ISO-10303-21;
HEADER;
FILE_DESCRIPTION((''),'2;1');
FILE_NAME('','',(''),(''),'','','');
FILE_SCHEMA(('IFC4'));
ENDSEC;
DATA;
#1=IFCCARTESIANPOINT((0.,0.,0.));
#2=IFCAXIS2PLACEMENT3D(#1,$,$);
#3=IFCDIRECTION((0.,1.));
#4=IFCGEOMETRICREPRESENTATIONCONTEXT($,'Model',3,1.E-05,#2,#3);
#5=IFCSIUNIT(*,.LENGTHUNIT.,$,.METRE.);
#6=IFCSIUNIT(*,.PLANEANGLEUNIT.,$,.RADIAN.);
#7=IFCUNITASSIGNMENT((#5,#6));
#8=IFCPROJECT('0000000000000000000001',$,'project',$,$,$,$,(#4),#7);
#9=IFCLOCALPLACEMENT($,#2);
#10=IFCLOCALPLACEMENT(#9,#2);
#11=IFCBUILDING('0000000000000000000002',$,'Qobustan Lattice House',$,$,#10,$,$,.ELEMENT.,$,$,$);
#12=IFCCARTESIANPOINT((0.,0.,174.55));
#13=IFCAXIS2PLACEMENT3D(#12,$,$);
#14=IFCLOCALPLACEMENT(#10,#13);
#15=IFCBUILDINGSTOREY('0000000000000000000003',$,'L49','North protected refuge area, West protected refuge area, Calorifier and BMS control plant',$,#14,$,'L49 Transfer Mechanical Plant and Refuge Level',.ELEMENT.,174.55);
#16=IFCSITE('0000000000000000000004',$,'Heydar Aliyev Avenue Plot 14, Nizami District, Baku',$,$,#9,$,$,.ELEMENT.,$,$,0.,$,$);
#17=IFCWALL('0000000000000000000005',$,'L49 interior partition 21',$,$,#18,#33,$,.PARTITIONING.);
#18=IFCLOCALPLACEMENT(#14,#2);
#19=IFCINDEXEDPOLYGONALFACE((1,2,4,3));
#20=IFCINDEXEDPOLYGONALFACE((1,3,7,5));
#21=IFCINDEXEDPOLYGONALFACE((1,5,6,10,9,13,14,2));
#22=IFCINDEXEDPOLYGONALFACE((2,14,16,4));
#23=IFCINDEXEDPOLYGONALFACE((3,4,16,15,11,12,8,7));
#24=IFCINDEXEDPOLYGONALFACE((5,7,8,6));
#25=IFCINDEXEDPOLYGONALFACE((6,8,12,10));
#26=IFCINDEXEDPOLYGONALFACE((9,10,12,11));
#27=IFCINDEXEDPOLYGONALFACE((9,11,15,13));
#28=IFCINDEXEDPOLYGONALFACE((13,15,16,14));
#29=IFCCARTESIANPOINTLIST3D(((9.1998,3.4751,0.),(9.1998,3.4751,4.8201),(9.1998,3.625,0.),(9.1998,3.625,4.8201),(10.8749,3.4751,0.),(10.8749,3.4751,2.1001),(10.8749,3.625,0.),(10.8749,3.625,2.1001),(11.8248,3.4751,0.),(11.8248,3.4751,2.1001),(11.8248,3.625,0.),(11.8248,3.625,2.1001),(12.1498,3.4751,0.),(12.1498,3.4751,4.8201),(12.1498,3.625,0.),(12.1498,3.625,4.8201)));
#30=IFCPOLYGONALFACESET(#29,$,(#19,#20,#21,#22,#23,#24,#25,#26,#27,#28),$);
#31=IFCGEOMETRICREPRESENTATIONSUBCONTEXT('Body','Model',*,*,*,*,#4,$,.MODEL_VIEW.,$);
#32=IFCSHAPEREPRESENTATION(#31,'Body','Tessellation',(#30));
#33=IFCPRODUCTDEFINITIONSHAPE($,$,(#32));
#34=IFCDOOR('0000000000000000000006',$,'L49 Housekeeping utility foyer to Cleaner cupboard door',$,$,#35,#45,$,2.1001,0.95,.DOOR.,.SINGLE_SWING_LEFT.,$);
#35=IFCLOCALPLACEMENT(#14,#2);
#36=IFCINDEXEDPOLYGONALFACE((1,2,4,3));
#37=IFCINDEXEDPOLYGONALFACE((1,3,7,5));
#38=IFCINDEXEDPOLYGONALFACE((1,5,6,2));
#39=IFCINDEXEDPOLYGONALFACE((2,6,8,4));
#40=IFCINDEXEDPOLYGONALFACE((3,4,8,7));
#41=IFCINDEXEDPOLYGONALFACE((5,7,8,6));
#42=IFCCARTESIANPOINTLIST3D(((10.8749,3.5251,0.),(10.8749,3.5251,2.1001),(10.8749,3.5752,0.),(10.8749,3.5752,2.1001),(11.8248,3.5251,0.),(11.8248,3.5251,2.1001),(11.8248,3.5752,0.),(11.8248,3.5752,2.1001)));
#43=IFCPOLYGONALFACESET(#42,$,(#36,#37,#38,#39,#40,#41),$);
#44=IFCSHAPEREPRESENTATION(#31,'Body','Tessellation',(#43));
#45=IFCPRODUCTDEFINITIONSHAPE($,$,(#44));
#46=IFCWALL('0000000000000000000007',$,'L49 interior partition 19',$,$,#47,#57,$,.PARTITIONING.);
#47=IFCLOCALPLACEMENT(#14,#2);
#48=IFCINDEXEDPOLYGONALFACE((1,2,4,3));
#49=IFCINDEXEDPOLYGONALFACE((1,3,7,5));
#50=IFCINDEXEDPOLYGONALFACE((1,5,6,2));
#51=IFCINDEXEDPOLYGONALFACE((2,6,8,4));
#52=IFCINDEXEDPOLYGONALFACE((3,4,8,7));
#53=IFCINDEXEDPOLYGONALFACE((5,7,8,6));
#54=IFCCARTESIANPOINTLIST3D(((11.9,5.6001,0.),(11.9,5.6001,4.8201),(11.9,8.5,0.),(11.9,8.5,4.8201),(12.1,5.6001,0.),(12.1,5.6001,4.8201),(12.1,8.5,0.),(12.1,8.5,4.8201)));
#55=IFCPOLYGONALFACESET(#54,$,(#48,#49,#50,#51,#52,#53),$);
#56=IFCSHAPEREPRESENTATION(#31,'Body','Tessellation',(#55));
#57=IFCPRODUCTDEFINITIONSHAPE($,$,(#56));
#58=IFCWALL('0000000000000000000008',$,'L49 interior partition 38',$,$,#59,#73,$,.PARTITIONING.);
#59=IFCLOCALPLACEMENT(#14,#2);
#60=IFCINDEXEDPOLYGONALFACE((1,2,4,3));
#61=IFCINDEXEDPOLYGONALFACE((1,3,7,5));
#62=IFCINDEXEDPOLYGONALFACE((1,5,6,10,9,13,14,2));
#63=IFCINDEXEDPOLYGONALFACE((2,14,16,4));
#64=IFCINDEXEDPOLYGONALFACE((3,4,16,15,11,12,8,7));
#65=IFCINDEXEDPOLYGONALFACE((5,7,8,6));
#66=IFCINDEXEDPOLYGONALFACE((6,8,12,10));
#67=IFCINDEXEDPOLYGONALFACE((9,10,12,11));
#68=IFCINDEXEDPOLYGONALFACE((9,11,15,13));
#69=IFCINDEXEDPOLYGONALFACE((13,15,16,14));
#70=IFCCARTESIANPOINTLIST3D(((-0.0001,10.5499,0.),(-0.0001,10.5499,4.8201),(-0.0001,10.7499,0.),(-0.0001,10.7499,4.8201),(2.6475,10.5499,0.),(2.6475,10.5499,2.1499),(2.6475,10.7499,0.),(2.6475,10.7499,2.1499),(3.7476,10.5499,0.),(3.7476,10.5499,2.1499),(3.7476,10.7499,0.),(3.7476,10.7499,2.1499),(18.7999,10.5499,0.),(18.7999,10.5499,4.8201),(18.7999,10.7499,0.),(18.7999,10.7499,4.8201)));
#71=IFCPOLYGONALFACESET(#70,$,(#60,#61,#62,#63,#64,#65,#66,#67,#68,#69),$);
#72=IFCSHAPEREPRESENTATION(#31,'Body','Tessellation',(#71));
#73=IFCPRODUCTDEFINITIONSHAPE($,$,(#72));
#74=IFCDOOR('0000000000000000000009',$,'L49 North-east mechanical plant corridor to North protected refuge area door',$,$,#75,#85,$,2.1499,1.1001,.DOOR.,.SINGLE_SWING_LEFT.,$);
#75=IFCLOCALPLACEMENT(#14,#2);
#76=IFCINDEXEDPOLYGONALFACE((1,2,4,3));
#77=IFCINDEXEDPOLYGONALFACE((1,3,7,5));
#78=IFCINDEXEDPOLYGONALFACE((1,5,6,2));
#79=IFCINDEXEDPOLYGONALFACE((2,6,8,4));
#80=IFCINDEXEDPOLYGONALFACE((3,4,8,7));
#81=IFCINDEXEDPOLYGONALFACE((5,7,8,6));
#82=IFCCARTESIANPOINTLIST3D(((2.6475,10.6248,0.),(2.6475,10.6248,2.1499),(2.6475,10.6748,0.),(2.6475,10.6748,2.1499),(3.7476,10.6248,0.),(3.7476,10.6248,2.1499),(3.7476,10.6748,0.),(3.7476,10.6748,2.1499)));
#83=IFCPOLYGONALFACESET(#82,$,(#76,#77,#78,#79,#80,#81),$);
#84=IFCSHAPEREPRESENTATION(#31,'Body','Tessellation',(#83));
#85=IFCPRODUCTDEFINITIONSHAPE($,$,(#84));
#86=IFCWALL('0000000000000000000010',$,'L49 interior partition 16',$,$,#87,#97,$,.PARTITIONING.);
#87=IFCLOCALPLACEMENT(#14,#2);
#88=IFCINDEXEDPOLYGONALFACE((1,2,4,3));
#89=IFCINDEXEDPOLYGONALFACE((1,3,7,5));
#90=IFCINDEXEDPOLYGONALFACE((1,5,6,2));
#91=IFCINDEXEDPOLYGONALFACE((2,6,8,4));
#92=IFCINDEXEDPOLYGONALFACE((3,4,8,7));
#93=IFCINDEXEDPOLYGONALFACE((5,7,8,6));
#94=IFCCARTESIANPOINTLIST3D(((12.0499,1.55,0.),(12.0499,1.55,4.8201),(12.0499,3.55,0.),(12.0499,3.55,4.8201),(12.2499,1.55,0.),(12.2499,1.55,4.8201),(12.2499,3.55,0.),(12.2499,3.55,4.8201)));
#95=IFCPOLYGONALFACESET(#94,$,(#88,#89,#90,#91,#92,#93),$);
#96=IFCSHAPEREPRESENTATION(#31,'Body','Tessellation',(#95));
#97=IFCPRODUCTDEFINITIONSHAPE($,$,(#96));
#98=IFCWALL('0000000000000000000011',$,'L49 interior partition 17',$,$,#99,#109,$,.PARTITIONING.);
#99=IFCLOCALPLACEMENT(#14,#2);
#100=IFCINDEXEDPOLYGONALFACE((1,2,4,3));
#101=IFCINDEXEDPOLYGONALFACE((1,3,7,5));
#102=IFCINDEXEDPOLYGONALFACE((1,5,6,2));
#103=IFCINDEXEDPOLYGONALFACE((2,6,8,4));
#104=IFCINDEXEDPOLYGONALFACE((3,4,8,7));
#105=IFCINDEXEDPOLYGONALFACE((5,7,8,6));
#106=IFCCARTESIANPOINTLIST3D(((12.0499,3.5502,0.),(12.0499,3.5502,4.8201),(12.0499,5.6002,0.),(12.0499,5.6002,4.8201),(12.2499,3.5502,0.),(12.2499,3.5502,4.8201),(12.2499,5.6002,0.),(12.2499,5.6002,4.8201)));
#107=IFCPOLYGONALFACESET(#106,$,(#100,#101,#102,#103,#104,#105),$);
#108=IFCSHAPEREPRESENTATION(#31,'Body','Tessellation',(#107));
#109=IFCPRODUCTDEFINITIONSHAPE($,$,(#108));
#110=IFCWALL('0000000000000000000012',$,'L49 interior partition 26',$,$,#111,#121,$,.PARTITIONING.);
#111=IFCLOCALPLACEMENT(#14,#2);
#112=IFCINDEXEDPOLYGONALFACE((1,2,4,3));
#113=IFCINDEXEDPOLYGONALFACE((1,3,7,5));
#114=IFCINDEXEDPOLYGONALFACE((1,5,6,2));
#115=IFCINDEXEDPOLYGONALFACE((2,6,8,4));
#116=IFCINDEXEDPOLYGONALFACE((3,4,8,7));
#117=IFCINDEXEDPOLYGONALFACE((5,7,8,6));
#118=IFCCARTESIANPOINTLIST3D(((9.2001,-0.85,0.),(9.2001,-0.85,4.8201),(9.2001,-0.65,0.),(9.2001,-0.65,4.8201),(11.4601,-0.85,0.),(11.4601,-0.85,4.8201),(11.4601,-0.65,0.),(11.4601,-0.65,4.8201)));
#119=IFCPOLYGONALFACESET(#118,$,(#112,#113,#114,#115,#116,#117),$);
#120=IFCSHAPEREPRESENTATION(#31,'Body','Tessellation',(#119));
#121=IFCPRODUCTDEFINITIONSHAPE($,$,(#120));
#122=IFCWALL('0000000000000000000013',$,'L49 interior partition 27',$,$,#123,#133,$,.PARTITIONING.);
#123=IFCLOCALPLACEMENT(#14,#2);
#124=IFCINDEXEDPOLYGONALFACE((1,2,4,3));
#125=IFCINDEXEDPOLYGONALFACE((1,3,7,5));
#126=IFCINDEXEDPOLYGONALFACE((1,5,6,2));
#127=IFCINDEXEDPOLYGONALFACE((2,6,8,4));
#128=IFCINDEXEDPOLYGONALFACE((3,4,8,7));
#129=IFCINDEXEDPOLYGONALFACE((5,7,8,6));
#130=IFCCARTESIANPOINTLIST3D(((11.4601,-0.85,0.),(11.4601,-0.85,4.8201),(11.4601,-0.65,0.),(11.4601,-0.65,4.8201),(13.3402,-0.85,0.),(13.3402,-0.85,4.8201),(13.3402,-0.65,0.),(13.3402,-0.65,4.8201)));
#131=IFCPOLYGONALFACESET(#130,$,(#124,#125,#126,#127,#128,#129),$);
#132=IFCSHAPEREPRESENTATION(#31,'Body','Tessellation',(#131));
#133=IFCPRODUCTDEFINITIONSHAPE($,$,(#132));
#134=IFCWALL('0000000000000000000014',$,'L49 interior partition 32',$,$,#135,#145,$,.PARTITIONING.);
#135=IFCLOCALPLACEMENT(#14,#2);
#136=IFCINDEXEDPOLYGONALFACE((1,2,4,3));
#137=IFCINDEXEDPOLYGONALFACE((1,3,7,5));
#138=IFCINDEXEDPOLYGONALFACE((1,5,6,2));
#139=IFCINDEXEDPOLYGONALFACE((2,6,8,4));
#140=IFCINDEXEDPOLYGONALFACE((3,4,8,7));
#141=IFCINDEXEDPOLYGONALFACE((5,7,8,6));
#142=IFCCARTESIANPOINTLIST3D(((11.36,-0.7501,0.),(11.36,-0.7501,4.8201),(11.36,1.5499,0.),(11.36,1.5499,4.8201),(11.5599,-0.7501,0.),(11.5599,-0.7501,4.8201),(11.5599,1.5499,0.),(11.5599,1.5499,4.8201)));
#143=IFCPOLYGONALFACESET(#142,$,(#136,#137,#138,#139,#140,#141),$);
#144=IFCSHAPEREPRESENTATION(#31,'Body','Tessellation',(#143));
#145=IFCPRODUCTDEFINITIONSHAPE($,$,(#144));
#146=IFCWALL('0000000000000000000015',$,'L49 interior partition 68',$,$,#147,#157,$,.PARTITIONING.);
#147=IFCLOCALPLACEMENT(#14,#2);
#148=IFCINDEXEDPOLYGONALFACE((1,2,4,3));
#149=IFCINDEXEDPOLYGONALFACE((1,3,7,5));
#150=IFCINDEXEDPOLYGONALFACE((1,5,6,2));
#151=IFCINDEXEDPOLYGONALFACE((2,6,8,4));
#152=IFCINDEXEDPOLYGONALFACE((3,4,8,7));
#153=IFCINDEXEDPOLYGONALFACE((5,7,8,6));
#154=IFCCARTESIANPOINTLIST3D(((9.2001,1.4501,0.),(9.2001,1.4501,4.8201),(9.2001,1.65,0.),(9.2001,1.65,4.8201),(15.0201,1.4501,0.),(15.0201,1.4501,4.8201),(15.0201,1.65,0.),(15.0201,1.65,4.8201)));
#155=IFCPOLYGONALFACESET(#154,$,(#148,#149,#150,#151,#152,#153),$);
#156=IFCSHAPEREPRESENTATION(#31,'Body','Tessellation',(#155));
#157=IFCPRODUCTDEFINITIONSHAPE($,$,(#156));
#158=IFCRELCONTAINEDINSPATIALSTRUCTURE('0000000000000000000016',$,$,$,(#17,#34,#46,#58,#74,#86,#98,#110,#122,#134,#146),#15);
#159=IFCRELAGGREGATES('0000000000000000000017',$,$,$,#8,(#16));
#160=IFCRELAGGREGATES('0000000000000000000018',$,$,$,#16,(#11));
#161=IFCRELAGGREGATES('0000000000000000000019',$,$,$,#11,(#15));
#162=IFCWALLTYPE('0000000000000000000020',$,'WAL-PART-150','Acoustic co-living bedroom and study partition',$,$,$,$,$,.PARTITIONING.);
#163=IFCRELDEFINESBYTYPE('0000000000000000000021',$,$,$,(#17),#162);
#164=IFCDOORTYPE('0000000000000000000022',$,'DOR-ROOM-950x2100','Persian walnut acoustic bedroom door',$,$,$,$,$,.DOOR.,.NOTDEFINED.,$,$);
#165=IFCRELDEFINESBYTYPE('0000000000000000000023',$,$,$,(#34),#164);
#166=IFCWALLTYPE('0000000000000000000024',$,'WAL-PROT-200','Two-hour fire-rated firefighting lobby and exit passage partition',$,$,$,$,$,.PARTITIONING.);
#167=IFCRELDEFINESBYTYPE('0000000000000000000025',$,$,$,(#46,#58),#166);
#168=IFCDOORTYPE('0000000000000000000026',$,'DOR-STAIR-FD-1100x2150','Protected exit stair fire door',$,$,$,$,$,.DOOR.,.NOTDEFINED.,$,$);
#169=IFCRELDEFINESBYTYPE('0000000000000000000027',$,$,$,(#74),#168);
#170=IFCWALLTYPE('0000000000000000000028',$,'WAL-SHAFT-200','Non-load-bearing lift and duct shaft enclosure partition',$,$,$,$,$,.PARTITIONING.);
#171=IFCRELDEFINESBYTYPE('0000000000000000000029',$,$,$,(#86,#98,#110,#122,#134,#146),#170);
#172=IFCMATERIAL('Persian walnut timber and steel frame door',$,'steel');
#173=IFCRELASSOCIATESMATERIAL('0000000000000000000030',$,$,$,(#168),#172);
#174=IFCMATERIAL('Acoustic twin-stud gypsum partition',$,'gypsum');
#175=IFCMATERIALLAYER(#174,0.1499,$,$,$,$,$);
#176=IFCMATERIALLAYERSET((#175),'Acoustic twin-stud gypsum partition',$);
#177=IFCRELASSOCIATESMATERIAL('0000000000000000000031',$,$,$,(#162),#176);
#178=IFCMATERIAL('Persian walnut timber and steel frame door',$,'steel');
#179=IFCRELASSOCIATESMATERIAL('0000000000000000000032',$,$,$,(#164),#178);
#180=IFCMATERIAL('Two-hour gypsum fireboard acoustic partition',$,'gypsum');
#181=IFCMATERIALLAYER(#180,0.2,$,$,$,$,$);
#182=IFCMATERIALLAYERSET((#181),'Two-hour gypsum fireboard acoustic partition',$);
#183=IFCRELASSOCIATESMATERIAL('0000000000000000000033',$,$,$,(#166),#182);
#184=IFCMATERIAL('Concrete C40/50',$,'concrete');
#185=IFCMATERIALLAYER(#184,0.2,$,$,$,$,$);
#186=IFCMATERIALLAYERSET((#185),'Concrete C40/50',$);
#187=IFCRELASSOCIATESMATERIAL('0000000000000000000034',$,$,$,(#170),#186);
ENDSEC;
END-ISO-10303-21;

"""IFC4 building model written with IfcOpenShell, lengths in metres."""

from ifc_helpers import new_model, si_unit, direction, frame, frame_2d, origin, place, context, subcontext, project, spatial, rectangle, extrude, material, layer, layer_set, type_object, element, fill, save


model = new_model("IFC4")

# Units and contexts
model_context = context("Model", 3, precision=1e-05, world=origin(), true_north=direction((0.0, 1.0)))
body_context = subcontext(model_context, "Body", "Model", "MODEL_VIEW")
ifc_project = project(units=[si_unit("LENGTHUNIT", "METRE"), si_unit("PLANEANGLEUNIT", "RADIAN")], contexts=[model_context])

# Site, building, storey
site_placement = place(None, origin())
site = spatial("IfcSite", under=ifc_project, at=site_placement, Name="Heydar Aliyev Avenue Plot 14, Nizami District, Baku", CompositionType="ELEMENT", RefElevation=0.0)
building_placement = place(site_placement, origin())
building = spatial("IfcBuilding", under=site, at=building_placement, Name="Qobustan Lattice House", CompositionType="ELEMENT")
storey_placement = place(building_placement, frame((0.0, 0.0, 174.55)))
storey = spatial("IfcBuildingStorey", under=building, at=storey_placement, Name="L49", Description="North protected refuge area, West protected refuge area, Calorifier and BMS control plant", LongName="L49 Transfer Mechanical Plant and Refuge Level", CompositionType="ELEMENT", Elevation=174.55)

# Shared definitions
ifc_material_1 = material(Name="Persian walnut timber and steel frame door", Category="steel")
door_type_1 = type_object("IfcDoorType", Name="DOR-STAIR-FD-1100x2150", Description="Protected exit stair fire door", OperationType="NOTDEFINED", PredefinedType="DOOR", material=ifc_material_1)

# Wall, opening, door
ifc_material_2 = material(Name="Acoustic twin-stud gypsum partition", Category="gypsum")
ifc_layer_1 = layer(ifc_material_2, 0.1499)
ifc_layer_set_1 = layer_set([ifc_layer_1], Name="Acoustic twin-stud gypsum partition")
wall_type_1 = type_object("IfcWallType", Name="WAL-PART-150", Description="Acoustic co-living bedroom and study partition", PredefinedType="PARTITIONING", material=ifc_layer_set_1)
wall_1_placement = place(storey_placement, frame((12.1499, 3.55, 0.0), z_axis=(0.0, 0.0, 1.0), x_axis=(-1.0, 0.0, 0.0)))
wall_1 = element("IfcWall", 1, at=wall_1_placement, inside=storey, type_object=wall_type_1, Name="L49 interior partition 21", PredefinedType="PARTITIONING", context=body_context, shape_type="SweptSolid", body=[
    extrude(rectangle(XDim=2.95, YDim=0.1499, at=frame_2d((1.4751, 0.0))), origin(), (0.0, 0.0, 1.0), 4.8201),
])
opening_1_placement = place(wall_1_placement, frame((0.325, 0.0, 0.0)))
opening_1 = element("IfcOpeningElement", 2, at=opening_1_placement, cuts=wall_1, PredefinedType="OPENING", context=body_context, shape_type="SweptSolid", body=[
    extrude(rectangle(XDim=0.95, YDim=2.1001, at=frame_2d((0.4751, 1.05))), frame((0.0, 0.085, 0.0), z_axis=(0.0, -1.0, 0.0), x_axis=(1.0, 0.0, 0.0)), (0.0, 0.0, 1.0), 0.1699),
])
ifc_material_3 = material(Name="Persian walnut timber and steel frame door", Category="steel")
door_type_2 = type_object("IfcDoorType", Name="DOR-ROOM-950x2100", Description="Persian walnut acoustic bedroom door", OperationType="NOTDEFINED", PredefinedType="DOOR", material=ifc_material_3)
door_1_placement = place(opening_1_placement, origin())
door_1 = element("IfcDoor", 3, at=door_1_placement, inside=storey, type_object=door_type_2, Name="L49 Housekeeping utility foyer to Cleaner cupboard door", OperationType="SINGLE_SWING_LEFT", OverallHeight=2.1001, OverallWidth=0.95, PredefinedType="DOOR", context=body_context, shape_type="SweptSolid", body=[
    extrude(rectangle(XDim=0.95, YDim=2.1001, at=frame_2d((0.4751, 1.05))), frame((0.0, 0.0249, 0.0), z_axis=(0.0, -1.0, 0.0), x_axis=(1.0, 0.0, 0.0)), (0.0, 0.0, 1.0), 0.05),
])
fill(opening_1, door_1)

# Wall
ifc_material_4 = material(Name="Two-hour gypsum fireboard acoustic partition", Category="gypsum")
ifc_layer_2 = layer(ifc_material_4, 0.2)
ifc_layer_set_2 = layer_set([ifc_layer_2], Name="Two-hour gypsum fireboard acoustic partition")
wall_type_2 = type_object("IfcWallType", Name="WAL-PROT-200", Description="Two-hour fire-rated firefighting lobby and exit passage partition", PredefinedType="PARTITIONING", material=ifc_layer_set_2)
wall_2_placement = place(storey_placement, frame((12.0, 8.5, 0.0), z_axis=(0.0, 0.0, 1.0), x_axis=(0.0, -1.0, 0.0)))
element("IfcWall", 4, at=wall_2_placement, inside=storey, type_object=wall_type_2, Name="L49 interior partition 19", PredefinedType="PARTITIONING", context=body_context, shape_type="SweptSolid", body=[
    extrude(rectangle(XDim=2.8999, YDim=0.2, at=frame_2d((1.45, 0.0))), origin(), (0.0, 0.0, 1.0), 4.8201),
])

# Wall, opening, door
wall_3_placement = place(storey_placement, frame((0.0, 10.6499, 0.0), z_axis=(0.0, 0.0, 1.0), x_axis=(1.0, 0.0, 0.0)))
wall_3 = element("IfcWall", 5, at=wall_3_placement, inside=storey, type_object=wall_type_2, Name="L49 interior partition 38", PredefinedType="PARTITIONING", context=body_context, shape_type="SweptSolid", body=[
    extrude(rectangle(XDim=18.8, YDim=0.2, at=frame_2d((9.3999, 0.0))), origin(), (0.0, 0.0, 1.0), 4.8201),
])
opening_2_placement = place(wall_3_placement, frame((2.6475, 0.0, 0.0)))
opening_2 = element("IfcOpeningElement", 6, at=opening_2_placement, cuts=wall_3, PredefinedType="OPENING", context=body_context, shape_type="SweptSolid", body=[
    extrude(rectangle(XDim=1.1001, YDim=2.1499, at=frame_2d((0.55, 1.075))), frame((0.0, 0.1099, 0.0), z_axis=(0.0, -1.0, 0.0), x_axis=(1.0, 0.0, 0.0)), (0.0, 0.0, 1.0), 0.22),
])
door_2_placement = place(opening_2_placement, origin())
door_2 = element("IfcDoor", 7, at=door_2_placement, inside=storey, type_object=door_type_1, Name="L49 North-east mechanical plant corridor to North protected refuge area door", OperationType="SINGLE_SWING_LEFT", OverallHeight=2.1499, OverallWidth=1.1001, PredefinedType="DOOR", context=body_context, shape_type="SweptSolid", body=[
    extrude(rectangle(XDim=1.1001, YDim=2.1499, at=frame_2d((0.55, 1.075))), frame((0.0, 0.0249, 0.0), z_axis=(0.0, -1.0, 0.0), x_axis=(1.0, 0.0, 0.0)), (0.0, 0.0, 1.0), 0.05),
])
fill(opening_2, door_2)

# Walls
ifc_material_5 = material(Name="Concrete C40/50", Category="concrete")
ifc_layer_3 = layer(ifc_material_5, 0.2)
ifc_layer_set_3 = layer_set([ifc_layer_3], Name="Concrete C40/50")
wall_type_3 = type_object("IfcWallType", Name="WAL-SHAFT-200", Description="Non-load-bearing lift and duct shaft enclosure partition", PredefinedType="PARTITIONING", material=ifc_layer_set_3)
wall_4_placement = place(storey_placement, frame((12.1499, 3.55, 0.0), z_axis=(0.0, 0.0, 1.0), x_axis=(0.0, -1.0, 0.0)))
element("IfcWall", 8, at=wall_4_placement, inside=storey, type_object=wall_type_3, Name="L49 interior partition 16", PredefinedType="PARTITIONING", context=body_context, shape_type="SweptSolid", body=[
    extrude(rectangle(XDim=2.0, YDim=0.2, at=frame_2d((1.0, 0.0))), origin(), (0.0, 0.0, 1.0), 4.8201),
])
wall_5_placement = place(storey_placement, frame((12.1499, 5.6001, 0.0), z_axis=(0.0, 0.0, 1.0), x_axis=(0.0, -1.0, 0.0)))
element("IfcWall", 9, at=wall_5_placement, inside=storey, type_object=wall_type_3, Name="L49 interior partition 17", PredefinedType="PARTITIONING", context=body_context, shape_type="SweptSolid", body=[
    extrude(rectangle(XDim=2.05, YDim=0.2, at=frame_2d((1.0249, 0.0))), origin(), (0.0, 0.0, 1.0), 4.8201),
])
wall_6_placement = place(storey_placement, frame((11.46, -0.75, 0.0), z_axis=(0.0, 0.0, 1.0), x_axis=(-1.0, 0.0, 0.0)))
element("IfcWall", 10, at=wall_6_placement, inside=storey, type_object=wall_type_3, Name="L49 interior partition 26", PredefinedType="PARTITIONING", context=body_context, shape_type="SweptSolid", body=[
    extrude(rectangle(XDim=2.26, YDim=0.2, at=frame_2d((1.1299, 0.0))), origin(), (0.0, 0.0, 1.0), 4.8201),
])
wall_7_placement = place(storey_placement, frame((13.3401, -0.75, 0.0), z_axis=(0.0, 0.0, 1.0), x_axis=(-1.0, 0.0, 0.0)))
element("IfcWall", 11, at=wall_7_placement, inside=storey, type_object=wall_type_3, Name="L49 interior partition 27", PredefinedType="PARTITIONING", context=body_context, shape_type="SweptSolid", body=[
    extrude(rectangle(XDim=1.8801, YDim=0.2, at=frame_2d((0.9399, 0.0))), origin(), (0.0, 0.0, 1.0), 4.8201),
])
wall_8_placement = place(storey_placement, frame((11.46, -0.75, 0.0), z_axis=(0.0, 0.0, 1.0), x_axis=(0.0, 1.0, 0.0)))
element("IfcWall", 12, at=wall_8_placement, inside=storey, type_object=wall_type_3, Name="L49 interior partition 32", PredefinedType="PARTITIONING", context=body_context, shape_type="SweptSolid", body=[
    extrude(rectangle(XDim=2.3, YDim=0.2, at=frame_2d((1.1499, 0.0))), origin(), (0.0, 0.0, 1.0), 4.8201),
])
wall_9_placement = place(storey_placement, frame((9.2, 1.55, 0.0), z_axis=(0.0, 0.0, 1.0), x_axis=(1.0, 0.0, 0.0)))
element("IfcWall", 13, at=wall_9_placement, inside=storey, type_object=wall_type_3, Name="L49 interior partition 68", PredefinedType="PARTITIONING", context=body_context, shape_type="SweptSolid", body=[
    extrude(rectangle(XDim=5.8201, YDim=0.2, at=frame_2d((2.9102, 0.0))), origin(), (0.0, 0.0, 1.0), 4.8201),
])

save(model, "model.ifc")
